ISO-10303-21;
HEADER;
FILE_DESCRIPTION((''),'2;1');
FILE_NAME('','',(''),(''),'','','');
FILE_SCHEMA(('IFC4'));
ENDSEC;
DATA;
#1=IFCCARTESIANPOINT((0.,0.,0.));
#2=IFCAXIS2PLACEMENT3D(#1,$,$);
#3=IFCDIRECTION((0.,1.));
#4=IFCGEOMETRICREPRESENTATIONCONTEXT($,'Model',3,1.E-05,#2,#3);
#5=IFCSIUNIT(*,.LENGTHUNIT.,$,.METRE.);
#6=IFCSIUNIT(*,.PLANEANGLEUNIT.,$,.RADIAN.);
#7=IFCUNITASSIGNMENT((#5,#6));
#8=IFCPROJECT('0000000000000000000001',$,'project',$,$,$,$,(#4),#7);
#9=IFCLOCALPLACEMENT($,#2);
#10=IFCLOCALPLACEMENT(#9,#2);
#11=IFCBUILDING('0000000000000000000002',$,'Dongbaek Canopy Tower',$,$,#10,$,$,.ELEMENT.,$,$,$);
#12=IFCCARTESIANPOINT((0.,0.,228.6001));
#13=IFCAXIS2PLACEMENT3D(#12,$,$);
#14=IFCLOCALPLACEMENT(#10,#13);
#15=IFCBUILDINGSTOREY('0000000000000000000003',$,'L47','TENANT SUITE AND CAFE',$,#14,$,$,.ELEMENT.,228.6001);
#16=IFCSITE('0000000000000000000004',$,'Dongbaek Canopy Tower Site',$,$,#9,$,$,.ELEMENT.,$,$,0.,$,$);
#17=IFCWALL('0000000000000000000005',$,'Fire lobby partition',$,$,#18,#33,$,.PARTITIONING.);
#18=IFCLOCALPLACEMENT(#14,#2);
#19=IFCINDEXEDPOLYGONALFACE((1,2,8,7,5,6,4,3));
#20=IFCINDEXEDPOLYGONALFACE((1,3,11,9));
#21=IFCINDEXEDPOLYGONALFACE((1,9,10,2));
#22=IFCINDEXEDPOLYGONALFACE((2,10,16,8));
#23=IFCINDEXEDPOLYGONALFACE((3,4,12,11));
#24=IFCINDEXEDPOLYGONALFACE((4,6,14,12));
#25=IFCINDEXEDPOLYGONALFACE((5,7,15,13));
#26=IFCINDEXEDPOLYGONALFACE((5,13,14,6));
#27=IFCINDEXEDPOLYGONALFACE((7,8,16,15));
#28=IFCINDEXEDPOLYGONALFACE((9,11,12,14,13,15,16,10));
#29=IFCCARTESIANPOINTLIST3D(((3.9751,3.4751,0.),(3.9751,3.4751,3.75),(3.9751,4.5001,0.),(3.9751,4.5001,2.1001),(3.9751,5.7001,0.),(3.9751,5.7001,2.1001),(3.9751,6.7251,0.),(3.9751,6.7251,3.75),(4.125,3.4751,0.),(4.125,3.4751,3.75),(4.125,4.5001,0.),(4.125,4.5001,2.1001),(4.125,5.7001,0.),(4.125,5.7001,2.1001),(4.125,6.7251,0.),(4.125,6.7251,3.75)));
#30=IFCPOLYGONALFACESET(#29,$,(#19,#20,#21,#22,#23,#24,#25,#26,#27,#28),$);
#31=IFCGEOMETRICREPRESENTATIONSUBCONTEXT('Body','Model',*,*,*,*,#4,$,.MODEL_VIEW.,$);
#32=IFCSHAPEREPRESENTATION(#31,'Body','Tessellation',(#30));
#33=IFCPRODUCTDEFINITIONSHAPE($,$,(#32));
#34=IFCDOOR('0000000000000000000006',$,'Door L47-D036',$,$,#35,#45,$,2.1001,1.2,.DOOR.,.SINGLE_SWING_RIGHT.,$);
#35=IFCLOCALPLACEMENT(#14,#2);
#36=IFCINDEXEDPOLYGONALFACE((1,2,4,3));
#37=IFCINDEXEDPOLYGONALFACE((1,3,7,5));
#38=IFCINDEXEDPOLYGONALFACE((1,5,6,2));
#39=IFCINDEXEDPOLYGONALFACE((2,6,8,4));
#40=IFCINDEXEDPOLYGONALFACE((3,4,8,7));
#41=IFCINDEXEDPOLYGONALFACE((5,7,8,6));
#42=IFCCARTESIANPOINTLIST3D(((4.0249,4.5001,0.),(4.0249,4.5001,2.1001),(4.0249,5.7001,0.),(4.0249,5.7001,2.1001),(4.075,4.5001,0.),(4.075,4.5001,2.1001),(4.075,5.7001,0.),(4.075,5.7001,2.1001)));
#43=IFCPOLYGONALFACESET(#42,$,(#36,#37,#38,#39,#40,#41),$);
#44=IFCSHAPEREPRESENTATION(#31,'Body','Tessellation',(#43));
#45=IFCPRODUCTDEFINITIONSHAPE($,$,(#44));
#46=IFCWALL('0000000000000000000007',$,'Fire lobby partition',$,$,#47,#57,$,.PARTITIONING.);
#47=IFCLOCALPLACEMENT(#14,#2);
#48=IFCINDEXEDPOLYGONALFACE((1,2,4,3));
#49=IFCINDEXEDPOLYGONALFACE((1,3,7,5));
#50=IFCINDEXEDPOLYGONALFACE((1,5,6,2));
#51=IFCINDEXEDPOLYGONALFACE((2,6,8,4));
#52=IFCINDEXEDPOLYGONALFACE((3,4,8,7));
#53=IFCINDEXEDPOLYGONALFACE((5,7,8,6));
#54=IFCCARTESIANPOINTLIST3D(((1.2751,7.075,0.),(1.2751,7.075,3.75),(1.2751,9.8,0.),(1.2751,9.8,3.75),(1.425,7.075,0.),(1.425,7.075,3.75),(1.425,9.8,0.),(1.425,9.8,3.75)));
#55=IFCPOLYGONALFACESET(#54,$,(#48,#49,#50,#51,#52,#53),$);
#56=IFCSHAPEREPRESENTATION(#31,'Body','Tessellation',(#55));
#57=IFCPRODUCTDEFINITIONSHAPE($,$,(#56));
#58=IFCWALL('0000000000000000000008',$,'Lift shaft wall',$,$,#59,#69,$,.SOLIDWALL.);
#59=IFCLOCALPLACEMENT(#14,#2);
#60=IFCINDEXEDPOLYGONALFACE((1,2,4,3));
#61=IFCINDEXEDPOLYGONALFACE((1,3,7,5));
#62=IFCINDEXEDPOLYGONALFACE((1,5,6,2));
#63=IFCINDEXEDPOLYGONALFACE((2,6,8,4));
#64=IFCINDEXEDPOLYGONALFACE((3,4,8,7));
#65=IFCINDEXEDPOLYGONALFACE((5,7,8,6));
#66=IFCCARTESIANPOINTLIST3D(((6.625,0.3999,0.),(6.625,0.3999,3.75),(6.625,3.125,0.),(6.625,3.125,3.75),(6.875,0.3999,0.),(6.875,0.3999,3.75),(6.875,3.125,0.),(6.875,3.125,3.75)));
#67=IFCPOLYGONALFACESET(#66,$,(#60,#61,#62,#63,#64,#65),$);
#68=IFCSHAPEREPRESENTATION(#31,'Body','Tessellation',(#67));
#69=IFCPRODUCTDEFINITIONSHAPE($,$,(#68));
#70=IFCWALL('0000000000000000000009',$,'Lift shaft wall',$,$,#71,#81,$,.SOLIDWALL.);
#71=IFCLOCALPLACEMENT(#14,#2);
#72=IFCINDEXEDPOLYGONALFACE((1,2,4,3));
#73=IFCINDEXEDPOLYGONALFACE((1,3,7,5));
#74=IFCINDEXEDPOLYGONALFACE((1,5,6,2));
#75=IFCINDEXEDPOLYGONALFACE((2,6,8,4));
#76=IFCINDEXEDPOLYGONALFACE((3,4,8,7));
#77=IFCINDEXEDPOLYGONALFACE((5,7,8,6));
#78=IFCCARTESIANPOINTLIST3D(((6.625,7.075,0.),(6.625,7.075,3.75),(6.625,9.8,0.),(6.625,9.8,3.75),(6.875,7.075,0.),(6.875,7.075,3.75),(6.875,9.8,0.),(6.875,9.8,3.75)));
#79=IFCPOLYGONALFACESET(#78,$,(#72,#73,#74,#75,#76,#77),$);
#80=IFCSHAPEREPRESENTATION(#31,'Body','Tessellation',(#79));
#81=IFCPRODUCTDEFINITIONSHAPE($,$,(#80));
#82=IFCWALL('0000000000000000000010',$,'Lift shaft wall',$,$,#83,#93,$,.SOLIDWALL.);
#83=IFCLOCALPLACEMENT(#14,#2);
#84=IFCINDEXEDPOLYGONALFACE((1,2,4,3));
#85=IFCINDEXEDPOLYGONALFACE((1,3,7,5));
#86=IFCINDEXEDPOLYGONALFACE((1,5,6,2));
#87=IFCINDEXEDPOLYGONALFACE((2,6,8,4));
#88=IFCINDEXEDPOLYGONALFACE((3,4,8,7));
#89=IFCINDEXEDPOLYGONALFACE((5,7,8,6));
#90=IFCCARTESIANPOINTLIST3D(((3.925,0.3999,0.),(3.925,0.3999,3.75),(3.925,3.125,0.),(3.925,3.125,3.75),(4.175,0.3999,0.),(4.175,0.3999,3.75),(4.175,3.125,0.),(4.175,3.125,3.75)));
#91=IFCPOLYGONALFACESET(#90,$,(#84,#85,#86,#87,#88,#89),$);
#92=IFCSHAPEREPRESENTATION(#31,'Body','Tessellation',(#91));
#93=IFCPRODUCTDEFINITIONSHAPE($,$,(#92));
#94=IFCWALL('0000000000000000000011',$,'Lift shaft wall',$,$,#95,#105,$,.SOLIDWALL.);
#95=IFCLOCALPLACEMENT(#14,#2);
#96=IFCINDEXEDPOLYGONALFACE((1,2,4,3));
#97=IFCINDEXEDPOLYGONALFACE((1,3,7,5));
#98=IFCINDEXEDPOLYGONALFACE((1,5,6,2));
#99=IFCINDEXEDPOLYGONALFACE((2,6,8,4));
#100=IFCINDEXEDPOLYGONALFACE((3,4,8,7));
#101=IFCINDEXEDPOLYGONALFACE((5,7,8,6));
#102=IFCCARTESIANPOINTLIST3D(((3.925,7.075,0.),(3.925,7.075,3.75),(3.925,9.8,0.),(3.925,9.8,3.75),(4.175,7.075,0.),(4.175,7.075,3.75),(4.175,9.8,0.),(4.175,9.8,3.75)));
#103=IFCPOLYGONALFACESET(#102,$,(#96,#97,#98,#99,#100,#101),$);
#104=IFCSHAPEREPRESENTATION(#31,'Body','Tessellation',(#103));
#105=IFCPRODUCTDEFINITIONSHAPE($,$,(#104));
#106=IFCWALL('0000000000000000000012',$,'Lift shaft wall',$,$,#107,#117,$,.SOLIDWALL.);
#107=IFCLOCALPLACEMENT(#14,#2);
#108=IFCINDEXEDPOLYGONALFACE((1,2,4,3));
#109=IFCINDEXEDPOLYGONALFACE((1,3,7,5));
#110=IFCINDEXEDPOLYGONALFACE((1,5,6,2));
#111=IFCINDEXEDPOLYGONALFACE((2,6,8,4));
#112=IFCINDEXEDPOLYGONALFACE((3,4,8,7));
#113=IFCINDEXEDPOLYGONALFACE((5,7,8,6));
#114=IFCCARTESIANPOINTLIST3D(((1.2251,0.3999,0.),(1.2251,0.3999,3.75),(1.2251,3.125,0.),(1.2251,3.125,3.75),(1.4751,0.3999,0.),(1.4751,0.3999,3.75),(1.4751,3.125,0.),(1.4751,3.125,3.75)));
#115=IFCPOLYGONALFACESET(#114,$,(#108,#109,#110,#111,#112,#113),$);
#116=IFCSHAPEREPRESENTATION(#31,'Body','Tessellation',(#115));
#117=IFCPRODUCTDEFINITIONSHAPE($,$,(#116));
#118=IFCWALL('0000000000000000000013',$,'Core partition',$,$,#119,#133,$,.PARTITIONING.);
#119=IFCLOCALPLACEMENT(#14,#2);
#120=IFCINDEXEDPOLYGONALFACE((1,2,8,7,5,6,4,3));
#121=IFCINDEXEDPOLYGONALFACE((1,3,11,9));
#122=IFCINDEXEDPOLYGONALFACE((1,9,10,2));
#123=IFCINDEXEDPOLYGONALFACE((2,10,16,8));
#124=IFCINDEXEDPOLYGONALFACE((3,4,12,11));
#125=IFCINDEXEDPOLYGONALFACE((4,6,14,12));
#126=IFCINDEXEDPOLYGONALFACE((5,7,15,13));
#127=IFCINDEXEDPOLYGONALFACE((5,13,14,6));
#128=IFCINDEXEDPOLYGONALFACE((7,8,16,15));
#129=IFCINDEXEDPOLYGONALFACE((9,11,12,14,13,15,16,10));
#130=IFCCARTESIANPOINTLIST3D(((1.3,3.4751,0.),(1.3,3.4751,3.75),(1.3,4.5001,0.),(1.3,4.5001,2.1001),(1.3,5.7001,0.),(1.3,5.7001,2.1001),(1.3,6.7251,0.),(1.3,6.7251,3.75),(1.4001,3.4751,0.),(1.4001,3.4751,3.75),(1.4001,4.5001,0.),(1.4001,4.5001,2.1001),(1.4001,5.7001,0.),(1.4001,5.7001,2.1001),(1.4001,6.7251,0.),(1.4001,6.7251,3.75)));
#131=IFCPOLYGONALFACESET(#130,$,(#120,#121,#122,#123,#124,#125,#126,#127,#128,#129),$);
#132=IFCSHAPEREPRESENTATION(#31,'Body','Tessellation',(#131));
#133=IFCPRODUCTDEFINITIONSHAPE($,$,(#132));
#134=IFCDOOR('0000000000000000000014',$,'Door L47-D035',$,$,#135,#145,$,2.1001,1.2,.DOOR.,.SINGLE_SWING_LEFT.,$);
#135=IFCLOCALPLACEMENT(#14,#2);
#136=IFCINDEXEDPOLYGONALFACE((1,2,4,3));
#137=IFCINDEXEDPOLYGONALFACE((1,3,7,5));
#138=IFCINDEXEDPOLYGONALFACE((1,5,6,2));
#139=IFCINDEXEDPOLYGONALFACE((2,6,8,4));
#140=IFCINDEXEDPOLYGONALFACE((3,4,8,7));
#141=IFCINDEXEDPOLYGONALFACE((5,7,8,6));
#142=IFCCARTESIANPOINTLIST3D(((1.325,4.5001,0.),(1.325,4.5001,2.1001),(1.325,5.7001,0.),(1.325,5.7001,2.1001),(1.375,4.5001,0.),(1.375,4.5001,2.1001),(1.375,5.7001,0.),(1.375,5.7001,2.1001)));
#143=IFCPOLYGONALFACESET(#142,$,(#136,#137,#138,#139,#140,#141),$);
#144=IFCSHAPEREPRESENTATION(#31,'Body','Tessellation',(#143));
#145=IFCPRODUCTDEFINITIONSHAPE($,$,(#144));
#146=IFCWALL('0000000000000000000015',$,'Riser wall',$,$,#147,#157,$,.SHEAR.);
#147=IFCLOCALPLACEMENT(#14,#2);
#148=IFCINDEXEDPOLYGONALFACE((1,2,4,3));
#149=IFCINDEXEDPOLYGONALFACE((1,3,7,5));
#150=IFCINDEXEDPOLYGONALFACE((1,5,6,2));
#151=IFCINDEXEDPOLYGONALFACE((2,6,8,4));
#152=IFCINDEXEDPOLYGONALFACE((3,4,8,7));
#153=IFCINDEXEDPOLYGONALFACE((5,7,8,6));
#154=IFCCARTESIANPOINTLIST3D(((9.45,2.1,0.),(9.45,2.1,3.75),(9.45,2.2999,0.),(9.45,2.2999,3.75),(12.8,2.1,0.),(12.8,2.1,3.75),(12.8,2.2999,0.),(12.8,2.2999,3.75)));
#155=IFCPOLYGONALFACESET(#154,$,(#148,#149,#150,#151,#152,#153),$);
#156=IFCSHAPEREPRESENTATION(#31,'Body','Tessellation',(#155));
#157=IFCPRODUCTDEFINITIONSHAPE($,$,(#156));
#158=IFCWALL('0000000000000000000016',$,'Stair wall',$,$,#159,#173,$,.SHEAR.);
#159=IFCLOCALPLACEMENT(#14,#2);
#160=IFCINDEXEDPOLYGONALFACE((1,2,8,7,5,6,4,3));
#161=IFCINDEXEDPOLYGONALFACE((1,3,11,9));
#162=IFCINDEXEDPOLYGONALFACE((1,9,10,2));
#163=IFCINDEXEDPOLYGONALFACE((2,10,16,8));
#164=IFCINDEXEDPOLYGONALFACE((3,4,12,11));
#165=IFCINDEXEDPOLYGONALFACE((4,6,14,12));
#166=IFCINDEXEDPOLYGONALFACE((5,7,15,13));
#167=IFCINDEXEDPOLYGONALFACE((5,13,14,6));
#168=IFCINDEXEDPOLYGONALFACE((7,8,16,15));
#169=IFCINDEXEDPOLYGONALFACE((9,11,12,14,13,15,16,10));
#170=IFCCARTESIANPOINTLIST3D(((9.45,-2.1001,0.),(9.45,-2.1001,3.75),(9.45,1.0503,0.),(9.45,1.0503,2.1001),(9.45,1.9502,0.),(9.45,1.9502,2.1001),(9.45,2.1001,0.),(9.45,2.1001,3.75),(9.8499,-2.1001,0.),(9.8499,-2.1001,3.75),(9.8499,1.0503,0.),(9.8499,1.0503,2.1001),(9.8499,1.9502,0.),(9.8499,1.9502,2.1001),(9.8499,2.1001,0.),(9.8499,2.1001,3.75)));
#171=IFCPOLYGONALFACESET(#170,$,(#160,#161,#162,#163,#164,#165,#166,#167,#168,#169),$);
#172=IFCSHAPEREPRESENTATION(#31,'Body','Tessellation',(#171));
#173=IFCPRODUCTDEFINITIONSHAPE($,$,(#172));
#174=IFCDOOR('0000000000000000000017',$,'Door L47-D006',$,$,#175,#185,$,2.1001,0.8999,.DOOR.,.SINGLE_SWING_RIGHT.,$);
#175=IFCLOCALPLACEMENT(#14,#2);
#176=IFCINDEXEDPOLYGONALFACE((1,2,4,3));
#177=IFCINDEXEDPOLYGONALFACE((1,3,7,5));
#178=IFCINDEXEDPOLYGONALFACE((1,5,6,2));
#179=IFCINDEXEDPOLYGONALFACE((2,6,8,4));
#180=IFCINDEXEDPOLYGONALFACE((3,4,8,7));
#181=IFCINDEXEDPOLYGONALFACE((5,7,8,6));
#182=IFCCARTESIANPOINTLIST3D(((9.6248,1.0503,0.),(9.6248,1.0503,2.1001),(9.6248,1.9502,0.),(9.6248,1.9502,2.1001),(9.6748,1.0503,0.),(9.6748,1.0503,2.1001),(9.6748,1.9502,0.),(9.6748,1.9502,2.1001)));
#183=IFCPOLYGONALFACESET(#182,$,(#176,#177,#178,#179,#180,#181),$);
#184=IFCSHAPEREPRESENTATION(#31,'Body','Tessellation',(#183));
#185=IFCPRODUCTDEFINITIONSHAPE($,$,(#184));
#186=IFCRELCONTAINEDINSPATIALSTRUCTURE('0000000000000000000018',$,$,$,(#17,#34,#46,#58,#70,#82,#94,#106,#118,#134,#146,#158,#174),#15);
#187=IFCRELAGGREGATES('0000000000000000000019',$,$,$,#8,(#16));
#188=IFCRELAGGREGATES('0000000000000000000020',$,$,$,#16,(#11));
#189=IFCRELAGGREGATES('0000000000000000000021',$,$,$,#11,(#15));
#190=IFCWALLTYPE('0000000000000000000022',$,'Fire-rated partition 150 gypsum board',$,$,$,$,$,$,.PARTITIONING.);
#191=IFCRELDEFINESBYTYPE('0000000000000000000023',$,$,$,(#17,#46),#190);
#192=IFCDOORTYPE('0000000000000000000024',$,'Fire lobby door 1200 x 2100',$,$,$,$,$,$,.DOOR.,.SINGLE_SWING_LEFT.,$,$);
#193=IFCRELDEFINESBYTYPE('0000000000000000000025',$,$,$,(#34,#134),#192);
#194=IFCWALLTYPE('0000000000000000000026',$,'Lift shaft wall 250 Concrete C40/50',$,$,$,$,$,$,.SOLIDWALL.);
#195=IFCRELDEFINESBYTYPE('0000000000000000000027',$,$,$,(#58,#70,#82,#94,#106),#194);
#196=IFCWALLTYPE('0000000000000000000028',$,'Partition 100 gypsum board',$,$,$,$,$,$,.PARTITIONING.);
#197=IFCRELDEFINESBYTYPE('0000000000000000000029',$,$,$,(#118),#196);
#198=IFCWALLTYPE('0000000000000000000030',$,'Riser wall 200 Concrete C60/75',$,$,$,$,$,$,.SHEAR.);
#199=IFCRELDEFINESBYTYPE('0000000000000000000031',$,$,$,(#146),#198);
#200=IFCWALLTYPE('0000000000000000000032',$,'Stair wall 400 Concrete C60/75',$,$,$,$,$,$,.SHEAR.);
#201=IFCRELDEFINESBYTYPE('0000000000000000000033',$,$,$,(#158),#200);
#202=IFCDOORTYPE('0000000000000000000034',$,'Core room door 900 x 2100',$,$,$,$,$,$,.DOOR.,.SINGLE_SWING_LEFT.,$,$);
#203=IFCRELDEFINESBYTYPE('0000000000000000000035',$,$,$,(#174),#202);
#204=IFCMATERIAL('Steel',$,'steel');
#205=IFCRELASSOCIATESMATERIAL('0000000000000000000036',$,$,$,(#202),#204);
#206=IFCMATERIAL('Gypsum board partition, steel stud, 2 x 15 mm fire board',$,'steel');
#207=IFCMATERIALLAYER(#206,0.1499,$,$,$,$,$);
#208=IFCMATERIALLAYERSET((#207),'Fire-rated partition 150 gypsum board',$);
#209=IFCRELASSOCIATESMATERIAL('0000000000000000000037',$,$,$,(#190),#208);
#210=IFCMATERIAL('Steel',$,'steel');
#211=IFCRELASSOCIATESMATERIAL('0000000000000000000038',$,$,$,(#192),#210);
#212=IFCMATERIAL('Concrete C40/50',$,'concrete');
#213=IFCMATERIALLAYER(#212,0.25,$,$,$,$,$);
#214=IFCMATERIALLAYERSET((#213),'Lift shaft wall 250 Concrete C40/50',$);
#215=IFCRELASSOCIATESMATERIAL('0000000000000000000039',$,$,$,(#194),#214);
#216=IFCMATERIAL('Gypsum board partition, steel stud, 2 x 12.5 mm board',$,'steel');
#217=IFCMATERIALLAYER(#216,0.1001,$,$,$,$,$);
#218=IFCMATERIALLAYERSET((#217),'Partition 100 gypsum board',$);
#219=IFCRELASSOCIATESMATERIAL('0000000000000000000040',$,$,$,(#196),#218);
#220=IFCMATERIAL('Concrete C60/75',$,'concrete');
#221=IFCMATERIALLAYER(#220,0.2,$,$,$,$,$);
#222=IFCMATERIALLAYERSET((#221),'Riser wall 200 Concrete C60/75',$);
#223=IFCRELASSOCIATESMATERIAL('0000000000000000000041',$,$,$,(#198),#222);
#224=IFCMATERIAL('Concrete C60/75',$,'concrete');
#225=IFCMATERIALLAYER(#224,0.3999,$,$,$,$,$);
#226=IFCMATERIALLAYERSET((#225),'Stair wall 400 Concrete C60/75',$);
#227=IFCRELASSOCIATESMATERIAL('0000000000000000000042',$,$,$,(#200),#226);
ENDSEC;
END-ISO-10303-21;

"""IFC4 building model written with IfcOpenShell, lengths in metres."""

from ifc_helpers import new_model, si_unit, direction, frame, frame_2d, origin, place, context, subcontext, project, spatial, rectangle, extrude, material, layer, layer_set, type_object, element, fill, save


model = new_model("IFC4")

# Units and contexts
model_context = context("Model", 3, precision=1e-05, world=origin(), true_north=direction((0.0, 1.0)))
body_context = subcontext(model_context, "Body", "Model", "MODEL_VIEW")
ifc_project = project(units=[si_unit("LENGTHUNIT", "METRE"), si_unit("PLANEANGLEUNIT", "RADIAN")], contexts=[model_context])

# Site, building, storey
site_placement = place(None, origin())
site = spatial("IfcSite", under=ifc_project, at=site_placement, Name="Dongbaek Canopy Tower Site", CompositionType="ELEMENT", RefElevation=0.0)
building_placement = place(site_placement, origin())
building = spatial("IfcBuilding", under=site, at=building_placement, Name="Dongbaek Canopy Tower", CompositionType="ELEMENT")
storey_placement = place(building_placement, frame((0.0, 0.0, 228.6001)))
storey = spatial("IfcBuildingStorey", under=building, at=storey_placement, Name="L47", Description="TENANT SUITE AND CAFE", CompositionType="ELEMENT", Elevation=228.6001)

# Shared definitions
ifc_material_1 = material(Name="Steel", Category="steel")
door_type_1 = type_object("IfcDoorType", Name="Core room door 900 x 2100", OperationType="SINGLE_SWING_LEFT", PredefinedType="DOOR", material=ifc_material_1)

# Wall, opening, door
ifc_material_2 = material(Name="Gypsum board partition, steel stud, 2 x 15 mm fire board", Category="steel")
ifc_layer_1 = layer(ifc_material_2, 0.1499)
ifc_layer_set_1 = layer_set([ifc_layer_1], Name="Fire-rated partition 150 gypsum board")
wall_type_1 = type_object("IfcWallType", Name="Fire-rated partition 150 gypsum board", PredefinedType="PARTITIONING", material=ifc_layer_set_1)
wall_1_placement = place(storey_placement, frame((4.05, 6.7251, 0.0), z_axis=(0.0, 0.0, 1.0), x_axis=(0.0, -1.0, 0.0)))
wall_1 = element("IfcWall", 1, at=wall_1_placement, inside=storey, type_object=wall_type_1, Name="Fire lobby partition", PredefinedType="PARTITIONING", context=body_context, shape_type="SweptSolid", body=[
    extrude(rectangle(XDim=3.25, YDim=0.1499, at=frame_2d((1.625, 0.0))), origin(), (0.0, 0.0, 1.0), 3.75),
])
opening_1_placement = place(wall_1_placement, frame((1.0249, 0.0, 0.0)))
opening_1 = element("IfcOpeningElement", 2, at=opening_1_placement, cuts=wall_1, PredefinedType="OPENING", context=body_context, shape_type="SweptSolid", body=[
    extrude(rectangle(XDim=1.2, YDim=2.1001, at=frame_2d((0.6001, 1.05))), frame((0.0, 0.085, 0.0), z_axis=(0.0, -1.0, 0.0), x_axis=(1.0, 0.0, 0.0)), (0.0, 0.0, 1.0), 0.1699),
])
ifc_material_3 = material(Name="Steel", Category="steel")
door_type_2 = type_object("IfcDoorType", Name="Fire lobby door 1200 x 2100", OperationType="SINGLE_SWING_LEFT", PredefinedType="DOOR", material=ifc_material_3)
door_1_placement = place(opening_1_placement, origin())
door_1 = element("IfcDoor", 3, at=door_1_placement, inside=storey, type_object=door_type_2, Name="Door L47-D036", OperationType="SINGLE_SWING_RIGHT", OverallHeight=2.1001, OverallWidth=1.2, PredefinedType="DOOR", context=body_context, shape_type="SweptSolid", body=[
    extrude(rectangle(XDim=1.2, YDim=2.1001, at=frame_2d((0.6001, 1.05))), frame((0.0, 0.0249, 0.0), z_axis=(0.0, -1.0, 0.0), x_axis=(1.0, 0.0, 0.0)), (0.0, 0.0, 1.0), 0.05),
])
fill(opening_1, door_1)

# Walls
wall_2_placement = place(storey_placement, frame((1.3501, 7.075, 0.0), z_axis=(0.0, 0.0, 1.0), x_axis=(0.0, 1.0, 0.0)))
element("IfcWall", 4, at=wall_2_placement, inside=storey, type_object=wall_type_1, Name="Fire lobby partition", PredefinedType="PARTITIONING", context=body_context, shape_type="SweptSolid", body=[
    extrude(rectangle(XDim=2.7251, YDim=0.1499, at=frame_2d((1.3625, 0.0))), origin(), (0.0, 0.0, 1.0), 3.75),
])
ifc_material_4 = material(Name="Concrete C40/50", Category="concrete")
ifc_layer_2 = layer(ifc_material_4, 0.25)
ifc_layer_set_2 = layer_set([ifc_layer_2], Name="Lift shaft wall 250 Concrete C40/50")
wall_type_2 = type_object("IfcWallType", Name="Lift shaft wall 250 Concrete C40/50", PredefinedType="SOLIDWALL", material=ifc_layer_set_2)
for number, where, z_axis, x_axis, name in (
    (5, (6.75, 0.3999, 0.0), (0.0, 0.0, 1.0), (0.0, 1.0, 0.0), "Lift shaft wall"),
    (6, (6.75, 7.075, 0.0), (0.0, 0.0, 1.0), (0.0, 1.0, 0.0), "Lift shaft wall"),
    (7, (4.05, 0.3999, 0.0), (0.0, 0.0, 1.0), (0.0, 1.0, 0.0), "Lift shaft wall"),
    (8, (4.05, 7.075, 0.0), (0.0, 0.0, 1.0), (0.0, 1.0, 0.0), "Lift shaft wall"),
    (9, (1.3501, 0.3999, 0.0), (0.0, 0.0, 1.0), (0.0, 1.0, 0.0), "Lift shaft wall"),
):
    element("IfcWall", number, at=place(storey_placement, frame(where, z_axis=z_axis, x_axis=x_axis)), inside=storey, type_object=wall_type_2, Name=name, PredefinedType="SOLIDWALL", context=body_context, shape_type="SweptSolid", body=[
        extrude(rectangle(XDim=2.7251, YDim=0.25, at=frame_2d((1.3625, 0.0))), origin(), (0.0, 0.0, 1.0), 3.75),
    ])

# Wall, opening, door
ifc_material_5 = material(Name="Gypsum board partition, steel stud, 2 x 12.5 mm board", Category="steel")
ifc_layer_3 = layer(ifc_material_5, 0.1001)
ifc_layer_set_3 = layer_set([ifc_layer_3], Name="Partition 100 gypsum board")
wall_type_3 = type_object("IfcWallType", Name="Partition 100 gypsum board", PredefinedType="PARTITIONING", material=ifc_layer_set_3)
wall_3_placement = place(storey_placement, frame((1.3501, 6.7251, 0.0), z_axis=(0.0, 0.0, 1.0), x_axis=(0.0, -1.0, 0.0)))
wall_3 = element("IfcWall", 10, at=wall_3_placement, inside=storey, type_object=wall_type_3, Name="Core partition", PredefinedType="PARTITIONING", context=body_context, shape_type="SweptSolid", body=[
    extrude(rectangle(XDim=3.25, YDim=0.1001, at=frame_2d((1.625, 0.0))), origin(), (0.0, 0.0, 1.0), 3.75),
])
opening_2_placement = place(wall_3_placement, frame((1.0249, 0.0, 0.0)))
opening_2 = element("IfcOpeningElement", 11, at=opening_2_placement, cuts=wall_3, PredefinedType="OPENING", context=body_context, shape_type="SweptSolid", body=[
    extrude(rectangle(XDim=1.2, YDim=2.1001, at=frame_2d((0.6001, 1.05))), frame((0.0, 0.0601, 0.0), z_axis=(0.0, -1.0, 0.0), x_axis=(1.0, 0.0, 0.0)), (0.0, 0.0, 1.0), 0.1201),
])
door_2_placement = place(opening_2_placement, origin())
door_2 = element("IfcDoor", 12, at=door_2_placement, inside=storey, type_object=door_type_2, Name="Door L47-D035", OperationType="SINGLE_SWING_LEFT", OverallHeight=2.1001, OverallWidth=1.2, PredefinedType="DOOR", context=body_context, shape_type="SweptSolid", body=[
    extrude(rectangle(XDim=1.2, YDim=2.1001, at=frame_2d((0.6001, 1.05))), frame((0.0, 0.0249, 0.0), z_axis=(0.0, -1.0, 0.0), x_axis=(1.0, 0.0, 0.0)), (0.0, 0.0, 1.0), 0.05),
])
fill(opening_2, door_2)

# Wall
ifc_material_6 = material(Name="Concrete C60/75", Category="concrete")
ifc_layer_4 = layer(ifc_material_6, 0.2)
ifc_layer_set_4 = layer_set([ifc_layer_4], Name="Riser wall 200 Concrete C60/75")
wall_type_4 = type_object("IfcWallType", Name="Riser wall 200 Concrete C60/75", PredefinedType="SHEAR", material=ifc_layer_set_4)
wall_4_placement = place(storey_placement, frame((9.45, 2.2, 0.0), z_axis=(0.0, 0.0, 1.0), x_axis=(1.0, 0.0, 0.0)))
element("IfcWall", 13, at=wall_4_placement, inside=storey, type_object=wall_type_4, Name="Riser wall", PredefinedType="SHEAR", context=body_context, shape_type="SweptSolid", body=[
    extrude(rectangle(XDim=3.3501, YDim=0.2, at=frame_2d((1.675, 0.0))), origin(), (0.0, 0.0, 1.0), 3.75),
])

# Wall, opening, door
ifc_material_7 = material(Name="Concrete C60/75", Category="concrete")
ifc_layer_5 = layer(ifc_material_7, 0.3999)
ifc_layer_set_5 = layer_set([ifc_layer_5], Name="Stair wall 400 Concrete C60/75")
wall_type_5 = type_object("IfcWallType", Name="Stair wall 400 Concrete C60/75", PredefinedType="SHEAR", material=ifc_layer_set_5)
wall_5_placement = place(storey_placement, frame((9.6499, 2.1001, 0.0), z_axis=(0.0, 0.0, 1.0), x_axis=(0.0, -1.0, 0.0)))
wall_5 = element("IfcWall", 14, at=wall_5_placement, inside=storey, type_object=wall_type_5, Name="Stair wall", PredefinedType="SHEAR", context=body_context, shape_type="SweptSolid", body=[
    extrude(rectangle(XDim=4.2002, YDim=0.3999, at=frame_2d((2.1001, 0.0))), origin(), (0.0, 0.0, 1.0), 3.75),
])
opening_3_placement = place(wall_5_placement, frame((0.1499, 0.0, 0.0)))
opening_3 = element("IfcOpeningElement", 15, at=opening_3_placement, cuts=wall_5, PredefinedType="OPENING", context=body_context, shape_type="SweptSolid", body=[
    extrude(rectangle(XDim=0.8999, YDim=2.1001, at=frame_2d((0.45, 1.05))), frame((0.0, 0.21, 0.0), z_axis=(0.0, -1.0, 0.0), x_axis=(1.0, 0.0, 0.0)), (0.0, 0.0, 1.0), 0.4199),
])
door_3_placement = place(opening_3_placement, origin())
door_3 = element("IfcDoor", 16, at=door_3_placement, inside=storey, type_object=door_type_1, Name="Door L47-D006", OperationType="SINGLE_SWING_RIGHT", OverallHeight=2.1001, OverallWidth=0.8999, PredefinedType="DOOR", context=body_context, shape_type="SweptSolid", body=[
    extrude(rectangle(XDim=0.8999, YDim=2.1001, at=frame_2d((0.45, 1.05))), frame((0.0, 0.0249, 0.0), z_axis=(0.0, -1.0, 0.0), x_axis=(1.0, 0.0, 0.0)), (0.0, 0.0, 1.0), 0.05),
])
fill(opening_3, door_3)

save(model, "model.ifc")
